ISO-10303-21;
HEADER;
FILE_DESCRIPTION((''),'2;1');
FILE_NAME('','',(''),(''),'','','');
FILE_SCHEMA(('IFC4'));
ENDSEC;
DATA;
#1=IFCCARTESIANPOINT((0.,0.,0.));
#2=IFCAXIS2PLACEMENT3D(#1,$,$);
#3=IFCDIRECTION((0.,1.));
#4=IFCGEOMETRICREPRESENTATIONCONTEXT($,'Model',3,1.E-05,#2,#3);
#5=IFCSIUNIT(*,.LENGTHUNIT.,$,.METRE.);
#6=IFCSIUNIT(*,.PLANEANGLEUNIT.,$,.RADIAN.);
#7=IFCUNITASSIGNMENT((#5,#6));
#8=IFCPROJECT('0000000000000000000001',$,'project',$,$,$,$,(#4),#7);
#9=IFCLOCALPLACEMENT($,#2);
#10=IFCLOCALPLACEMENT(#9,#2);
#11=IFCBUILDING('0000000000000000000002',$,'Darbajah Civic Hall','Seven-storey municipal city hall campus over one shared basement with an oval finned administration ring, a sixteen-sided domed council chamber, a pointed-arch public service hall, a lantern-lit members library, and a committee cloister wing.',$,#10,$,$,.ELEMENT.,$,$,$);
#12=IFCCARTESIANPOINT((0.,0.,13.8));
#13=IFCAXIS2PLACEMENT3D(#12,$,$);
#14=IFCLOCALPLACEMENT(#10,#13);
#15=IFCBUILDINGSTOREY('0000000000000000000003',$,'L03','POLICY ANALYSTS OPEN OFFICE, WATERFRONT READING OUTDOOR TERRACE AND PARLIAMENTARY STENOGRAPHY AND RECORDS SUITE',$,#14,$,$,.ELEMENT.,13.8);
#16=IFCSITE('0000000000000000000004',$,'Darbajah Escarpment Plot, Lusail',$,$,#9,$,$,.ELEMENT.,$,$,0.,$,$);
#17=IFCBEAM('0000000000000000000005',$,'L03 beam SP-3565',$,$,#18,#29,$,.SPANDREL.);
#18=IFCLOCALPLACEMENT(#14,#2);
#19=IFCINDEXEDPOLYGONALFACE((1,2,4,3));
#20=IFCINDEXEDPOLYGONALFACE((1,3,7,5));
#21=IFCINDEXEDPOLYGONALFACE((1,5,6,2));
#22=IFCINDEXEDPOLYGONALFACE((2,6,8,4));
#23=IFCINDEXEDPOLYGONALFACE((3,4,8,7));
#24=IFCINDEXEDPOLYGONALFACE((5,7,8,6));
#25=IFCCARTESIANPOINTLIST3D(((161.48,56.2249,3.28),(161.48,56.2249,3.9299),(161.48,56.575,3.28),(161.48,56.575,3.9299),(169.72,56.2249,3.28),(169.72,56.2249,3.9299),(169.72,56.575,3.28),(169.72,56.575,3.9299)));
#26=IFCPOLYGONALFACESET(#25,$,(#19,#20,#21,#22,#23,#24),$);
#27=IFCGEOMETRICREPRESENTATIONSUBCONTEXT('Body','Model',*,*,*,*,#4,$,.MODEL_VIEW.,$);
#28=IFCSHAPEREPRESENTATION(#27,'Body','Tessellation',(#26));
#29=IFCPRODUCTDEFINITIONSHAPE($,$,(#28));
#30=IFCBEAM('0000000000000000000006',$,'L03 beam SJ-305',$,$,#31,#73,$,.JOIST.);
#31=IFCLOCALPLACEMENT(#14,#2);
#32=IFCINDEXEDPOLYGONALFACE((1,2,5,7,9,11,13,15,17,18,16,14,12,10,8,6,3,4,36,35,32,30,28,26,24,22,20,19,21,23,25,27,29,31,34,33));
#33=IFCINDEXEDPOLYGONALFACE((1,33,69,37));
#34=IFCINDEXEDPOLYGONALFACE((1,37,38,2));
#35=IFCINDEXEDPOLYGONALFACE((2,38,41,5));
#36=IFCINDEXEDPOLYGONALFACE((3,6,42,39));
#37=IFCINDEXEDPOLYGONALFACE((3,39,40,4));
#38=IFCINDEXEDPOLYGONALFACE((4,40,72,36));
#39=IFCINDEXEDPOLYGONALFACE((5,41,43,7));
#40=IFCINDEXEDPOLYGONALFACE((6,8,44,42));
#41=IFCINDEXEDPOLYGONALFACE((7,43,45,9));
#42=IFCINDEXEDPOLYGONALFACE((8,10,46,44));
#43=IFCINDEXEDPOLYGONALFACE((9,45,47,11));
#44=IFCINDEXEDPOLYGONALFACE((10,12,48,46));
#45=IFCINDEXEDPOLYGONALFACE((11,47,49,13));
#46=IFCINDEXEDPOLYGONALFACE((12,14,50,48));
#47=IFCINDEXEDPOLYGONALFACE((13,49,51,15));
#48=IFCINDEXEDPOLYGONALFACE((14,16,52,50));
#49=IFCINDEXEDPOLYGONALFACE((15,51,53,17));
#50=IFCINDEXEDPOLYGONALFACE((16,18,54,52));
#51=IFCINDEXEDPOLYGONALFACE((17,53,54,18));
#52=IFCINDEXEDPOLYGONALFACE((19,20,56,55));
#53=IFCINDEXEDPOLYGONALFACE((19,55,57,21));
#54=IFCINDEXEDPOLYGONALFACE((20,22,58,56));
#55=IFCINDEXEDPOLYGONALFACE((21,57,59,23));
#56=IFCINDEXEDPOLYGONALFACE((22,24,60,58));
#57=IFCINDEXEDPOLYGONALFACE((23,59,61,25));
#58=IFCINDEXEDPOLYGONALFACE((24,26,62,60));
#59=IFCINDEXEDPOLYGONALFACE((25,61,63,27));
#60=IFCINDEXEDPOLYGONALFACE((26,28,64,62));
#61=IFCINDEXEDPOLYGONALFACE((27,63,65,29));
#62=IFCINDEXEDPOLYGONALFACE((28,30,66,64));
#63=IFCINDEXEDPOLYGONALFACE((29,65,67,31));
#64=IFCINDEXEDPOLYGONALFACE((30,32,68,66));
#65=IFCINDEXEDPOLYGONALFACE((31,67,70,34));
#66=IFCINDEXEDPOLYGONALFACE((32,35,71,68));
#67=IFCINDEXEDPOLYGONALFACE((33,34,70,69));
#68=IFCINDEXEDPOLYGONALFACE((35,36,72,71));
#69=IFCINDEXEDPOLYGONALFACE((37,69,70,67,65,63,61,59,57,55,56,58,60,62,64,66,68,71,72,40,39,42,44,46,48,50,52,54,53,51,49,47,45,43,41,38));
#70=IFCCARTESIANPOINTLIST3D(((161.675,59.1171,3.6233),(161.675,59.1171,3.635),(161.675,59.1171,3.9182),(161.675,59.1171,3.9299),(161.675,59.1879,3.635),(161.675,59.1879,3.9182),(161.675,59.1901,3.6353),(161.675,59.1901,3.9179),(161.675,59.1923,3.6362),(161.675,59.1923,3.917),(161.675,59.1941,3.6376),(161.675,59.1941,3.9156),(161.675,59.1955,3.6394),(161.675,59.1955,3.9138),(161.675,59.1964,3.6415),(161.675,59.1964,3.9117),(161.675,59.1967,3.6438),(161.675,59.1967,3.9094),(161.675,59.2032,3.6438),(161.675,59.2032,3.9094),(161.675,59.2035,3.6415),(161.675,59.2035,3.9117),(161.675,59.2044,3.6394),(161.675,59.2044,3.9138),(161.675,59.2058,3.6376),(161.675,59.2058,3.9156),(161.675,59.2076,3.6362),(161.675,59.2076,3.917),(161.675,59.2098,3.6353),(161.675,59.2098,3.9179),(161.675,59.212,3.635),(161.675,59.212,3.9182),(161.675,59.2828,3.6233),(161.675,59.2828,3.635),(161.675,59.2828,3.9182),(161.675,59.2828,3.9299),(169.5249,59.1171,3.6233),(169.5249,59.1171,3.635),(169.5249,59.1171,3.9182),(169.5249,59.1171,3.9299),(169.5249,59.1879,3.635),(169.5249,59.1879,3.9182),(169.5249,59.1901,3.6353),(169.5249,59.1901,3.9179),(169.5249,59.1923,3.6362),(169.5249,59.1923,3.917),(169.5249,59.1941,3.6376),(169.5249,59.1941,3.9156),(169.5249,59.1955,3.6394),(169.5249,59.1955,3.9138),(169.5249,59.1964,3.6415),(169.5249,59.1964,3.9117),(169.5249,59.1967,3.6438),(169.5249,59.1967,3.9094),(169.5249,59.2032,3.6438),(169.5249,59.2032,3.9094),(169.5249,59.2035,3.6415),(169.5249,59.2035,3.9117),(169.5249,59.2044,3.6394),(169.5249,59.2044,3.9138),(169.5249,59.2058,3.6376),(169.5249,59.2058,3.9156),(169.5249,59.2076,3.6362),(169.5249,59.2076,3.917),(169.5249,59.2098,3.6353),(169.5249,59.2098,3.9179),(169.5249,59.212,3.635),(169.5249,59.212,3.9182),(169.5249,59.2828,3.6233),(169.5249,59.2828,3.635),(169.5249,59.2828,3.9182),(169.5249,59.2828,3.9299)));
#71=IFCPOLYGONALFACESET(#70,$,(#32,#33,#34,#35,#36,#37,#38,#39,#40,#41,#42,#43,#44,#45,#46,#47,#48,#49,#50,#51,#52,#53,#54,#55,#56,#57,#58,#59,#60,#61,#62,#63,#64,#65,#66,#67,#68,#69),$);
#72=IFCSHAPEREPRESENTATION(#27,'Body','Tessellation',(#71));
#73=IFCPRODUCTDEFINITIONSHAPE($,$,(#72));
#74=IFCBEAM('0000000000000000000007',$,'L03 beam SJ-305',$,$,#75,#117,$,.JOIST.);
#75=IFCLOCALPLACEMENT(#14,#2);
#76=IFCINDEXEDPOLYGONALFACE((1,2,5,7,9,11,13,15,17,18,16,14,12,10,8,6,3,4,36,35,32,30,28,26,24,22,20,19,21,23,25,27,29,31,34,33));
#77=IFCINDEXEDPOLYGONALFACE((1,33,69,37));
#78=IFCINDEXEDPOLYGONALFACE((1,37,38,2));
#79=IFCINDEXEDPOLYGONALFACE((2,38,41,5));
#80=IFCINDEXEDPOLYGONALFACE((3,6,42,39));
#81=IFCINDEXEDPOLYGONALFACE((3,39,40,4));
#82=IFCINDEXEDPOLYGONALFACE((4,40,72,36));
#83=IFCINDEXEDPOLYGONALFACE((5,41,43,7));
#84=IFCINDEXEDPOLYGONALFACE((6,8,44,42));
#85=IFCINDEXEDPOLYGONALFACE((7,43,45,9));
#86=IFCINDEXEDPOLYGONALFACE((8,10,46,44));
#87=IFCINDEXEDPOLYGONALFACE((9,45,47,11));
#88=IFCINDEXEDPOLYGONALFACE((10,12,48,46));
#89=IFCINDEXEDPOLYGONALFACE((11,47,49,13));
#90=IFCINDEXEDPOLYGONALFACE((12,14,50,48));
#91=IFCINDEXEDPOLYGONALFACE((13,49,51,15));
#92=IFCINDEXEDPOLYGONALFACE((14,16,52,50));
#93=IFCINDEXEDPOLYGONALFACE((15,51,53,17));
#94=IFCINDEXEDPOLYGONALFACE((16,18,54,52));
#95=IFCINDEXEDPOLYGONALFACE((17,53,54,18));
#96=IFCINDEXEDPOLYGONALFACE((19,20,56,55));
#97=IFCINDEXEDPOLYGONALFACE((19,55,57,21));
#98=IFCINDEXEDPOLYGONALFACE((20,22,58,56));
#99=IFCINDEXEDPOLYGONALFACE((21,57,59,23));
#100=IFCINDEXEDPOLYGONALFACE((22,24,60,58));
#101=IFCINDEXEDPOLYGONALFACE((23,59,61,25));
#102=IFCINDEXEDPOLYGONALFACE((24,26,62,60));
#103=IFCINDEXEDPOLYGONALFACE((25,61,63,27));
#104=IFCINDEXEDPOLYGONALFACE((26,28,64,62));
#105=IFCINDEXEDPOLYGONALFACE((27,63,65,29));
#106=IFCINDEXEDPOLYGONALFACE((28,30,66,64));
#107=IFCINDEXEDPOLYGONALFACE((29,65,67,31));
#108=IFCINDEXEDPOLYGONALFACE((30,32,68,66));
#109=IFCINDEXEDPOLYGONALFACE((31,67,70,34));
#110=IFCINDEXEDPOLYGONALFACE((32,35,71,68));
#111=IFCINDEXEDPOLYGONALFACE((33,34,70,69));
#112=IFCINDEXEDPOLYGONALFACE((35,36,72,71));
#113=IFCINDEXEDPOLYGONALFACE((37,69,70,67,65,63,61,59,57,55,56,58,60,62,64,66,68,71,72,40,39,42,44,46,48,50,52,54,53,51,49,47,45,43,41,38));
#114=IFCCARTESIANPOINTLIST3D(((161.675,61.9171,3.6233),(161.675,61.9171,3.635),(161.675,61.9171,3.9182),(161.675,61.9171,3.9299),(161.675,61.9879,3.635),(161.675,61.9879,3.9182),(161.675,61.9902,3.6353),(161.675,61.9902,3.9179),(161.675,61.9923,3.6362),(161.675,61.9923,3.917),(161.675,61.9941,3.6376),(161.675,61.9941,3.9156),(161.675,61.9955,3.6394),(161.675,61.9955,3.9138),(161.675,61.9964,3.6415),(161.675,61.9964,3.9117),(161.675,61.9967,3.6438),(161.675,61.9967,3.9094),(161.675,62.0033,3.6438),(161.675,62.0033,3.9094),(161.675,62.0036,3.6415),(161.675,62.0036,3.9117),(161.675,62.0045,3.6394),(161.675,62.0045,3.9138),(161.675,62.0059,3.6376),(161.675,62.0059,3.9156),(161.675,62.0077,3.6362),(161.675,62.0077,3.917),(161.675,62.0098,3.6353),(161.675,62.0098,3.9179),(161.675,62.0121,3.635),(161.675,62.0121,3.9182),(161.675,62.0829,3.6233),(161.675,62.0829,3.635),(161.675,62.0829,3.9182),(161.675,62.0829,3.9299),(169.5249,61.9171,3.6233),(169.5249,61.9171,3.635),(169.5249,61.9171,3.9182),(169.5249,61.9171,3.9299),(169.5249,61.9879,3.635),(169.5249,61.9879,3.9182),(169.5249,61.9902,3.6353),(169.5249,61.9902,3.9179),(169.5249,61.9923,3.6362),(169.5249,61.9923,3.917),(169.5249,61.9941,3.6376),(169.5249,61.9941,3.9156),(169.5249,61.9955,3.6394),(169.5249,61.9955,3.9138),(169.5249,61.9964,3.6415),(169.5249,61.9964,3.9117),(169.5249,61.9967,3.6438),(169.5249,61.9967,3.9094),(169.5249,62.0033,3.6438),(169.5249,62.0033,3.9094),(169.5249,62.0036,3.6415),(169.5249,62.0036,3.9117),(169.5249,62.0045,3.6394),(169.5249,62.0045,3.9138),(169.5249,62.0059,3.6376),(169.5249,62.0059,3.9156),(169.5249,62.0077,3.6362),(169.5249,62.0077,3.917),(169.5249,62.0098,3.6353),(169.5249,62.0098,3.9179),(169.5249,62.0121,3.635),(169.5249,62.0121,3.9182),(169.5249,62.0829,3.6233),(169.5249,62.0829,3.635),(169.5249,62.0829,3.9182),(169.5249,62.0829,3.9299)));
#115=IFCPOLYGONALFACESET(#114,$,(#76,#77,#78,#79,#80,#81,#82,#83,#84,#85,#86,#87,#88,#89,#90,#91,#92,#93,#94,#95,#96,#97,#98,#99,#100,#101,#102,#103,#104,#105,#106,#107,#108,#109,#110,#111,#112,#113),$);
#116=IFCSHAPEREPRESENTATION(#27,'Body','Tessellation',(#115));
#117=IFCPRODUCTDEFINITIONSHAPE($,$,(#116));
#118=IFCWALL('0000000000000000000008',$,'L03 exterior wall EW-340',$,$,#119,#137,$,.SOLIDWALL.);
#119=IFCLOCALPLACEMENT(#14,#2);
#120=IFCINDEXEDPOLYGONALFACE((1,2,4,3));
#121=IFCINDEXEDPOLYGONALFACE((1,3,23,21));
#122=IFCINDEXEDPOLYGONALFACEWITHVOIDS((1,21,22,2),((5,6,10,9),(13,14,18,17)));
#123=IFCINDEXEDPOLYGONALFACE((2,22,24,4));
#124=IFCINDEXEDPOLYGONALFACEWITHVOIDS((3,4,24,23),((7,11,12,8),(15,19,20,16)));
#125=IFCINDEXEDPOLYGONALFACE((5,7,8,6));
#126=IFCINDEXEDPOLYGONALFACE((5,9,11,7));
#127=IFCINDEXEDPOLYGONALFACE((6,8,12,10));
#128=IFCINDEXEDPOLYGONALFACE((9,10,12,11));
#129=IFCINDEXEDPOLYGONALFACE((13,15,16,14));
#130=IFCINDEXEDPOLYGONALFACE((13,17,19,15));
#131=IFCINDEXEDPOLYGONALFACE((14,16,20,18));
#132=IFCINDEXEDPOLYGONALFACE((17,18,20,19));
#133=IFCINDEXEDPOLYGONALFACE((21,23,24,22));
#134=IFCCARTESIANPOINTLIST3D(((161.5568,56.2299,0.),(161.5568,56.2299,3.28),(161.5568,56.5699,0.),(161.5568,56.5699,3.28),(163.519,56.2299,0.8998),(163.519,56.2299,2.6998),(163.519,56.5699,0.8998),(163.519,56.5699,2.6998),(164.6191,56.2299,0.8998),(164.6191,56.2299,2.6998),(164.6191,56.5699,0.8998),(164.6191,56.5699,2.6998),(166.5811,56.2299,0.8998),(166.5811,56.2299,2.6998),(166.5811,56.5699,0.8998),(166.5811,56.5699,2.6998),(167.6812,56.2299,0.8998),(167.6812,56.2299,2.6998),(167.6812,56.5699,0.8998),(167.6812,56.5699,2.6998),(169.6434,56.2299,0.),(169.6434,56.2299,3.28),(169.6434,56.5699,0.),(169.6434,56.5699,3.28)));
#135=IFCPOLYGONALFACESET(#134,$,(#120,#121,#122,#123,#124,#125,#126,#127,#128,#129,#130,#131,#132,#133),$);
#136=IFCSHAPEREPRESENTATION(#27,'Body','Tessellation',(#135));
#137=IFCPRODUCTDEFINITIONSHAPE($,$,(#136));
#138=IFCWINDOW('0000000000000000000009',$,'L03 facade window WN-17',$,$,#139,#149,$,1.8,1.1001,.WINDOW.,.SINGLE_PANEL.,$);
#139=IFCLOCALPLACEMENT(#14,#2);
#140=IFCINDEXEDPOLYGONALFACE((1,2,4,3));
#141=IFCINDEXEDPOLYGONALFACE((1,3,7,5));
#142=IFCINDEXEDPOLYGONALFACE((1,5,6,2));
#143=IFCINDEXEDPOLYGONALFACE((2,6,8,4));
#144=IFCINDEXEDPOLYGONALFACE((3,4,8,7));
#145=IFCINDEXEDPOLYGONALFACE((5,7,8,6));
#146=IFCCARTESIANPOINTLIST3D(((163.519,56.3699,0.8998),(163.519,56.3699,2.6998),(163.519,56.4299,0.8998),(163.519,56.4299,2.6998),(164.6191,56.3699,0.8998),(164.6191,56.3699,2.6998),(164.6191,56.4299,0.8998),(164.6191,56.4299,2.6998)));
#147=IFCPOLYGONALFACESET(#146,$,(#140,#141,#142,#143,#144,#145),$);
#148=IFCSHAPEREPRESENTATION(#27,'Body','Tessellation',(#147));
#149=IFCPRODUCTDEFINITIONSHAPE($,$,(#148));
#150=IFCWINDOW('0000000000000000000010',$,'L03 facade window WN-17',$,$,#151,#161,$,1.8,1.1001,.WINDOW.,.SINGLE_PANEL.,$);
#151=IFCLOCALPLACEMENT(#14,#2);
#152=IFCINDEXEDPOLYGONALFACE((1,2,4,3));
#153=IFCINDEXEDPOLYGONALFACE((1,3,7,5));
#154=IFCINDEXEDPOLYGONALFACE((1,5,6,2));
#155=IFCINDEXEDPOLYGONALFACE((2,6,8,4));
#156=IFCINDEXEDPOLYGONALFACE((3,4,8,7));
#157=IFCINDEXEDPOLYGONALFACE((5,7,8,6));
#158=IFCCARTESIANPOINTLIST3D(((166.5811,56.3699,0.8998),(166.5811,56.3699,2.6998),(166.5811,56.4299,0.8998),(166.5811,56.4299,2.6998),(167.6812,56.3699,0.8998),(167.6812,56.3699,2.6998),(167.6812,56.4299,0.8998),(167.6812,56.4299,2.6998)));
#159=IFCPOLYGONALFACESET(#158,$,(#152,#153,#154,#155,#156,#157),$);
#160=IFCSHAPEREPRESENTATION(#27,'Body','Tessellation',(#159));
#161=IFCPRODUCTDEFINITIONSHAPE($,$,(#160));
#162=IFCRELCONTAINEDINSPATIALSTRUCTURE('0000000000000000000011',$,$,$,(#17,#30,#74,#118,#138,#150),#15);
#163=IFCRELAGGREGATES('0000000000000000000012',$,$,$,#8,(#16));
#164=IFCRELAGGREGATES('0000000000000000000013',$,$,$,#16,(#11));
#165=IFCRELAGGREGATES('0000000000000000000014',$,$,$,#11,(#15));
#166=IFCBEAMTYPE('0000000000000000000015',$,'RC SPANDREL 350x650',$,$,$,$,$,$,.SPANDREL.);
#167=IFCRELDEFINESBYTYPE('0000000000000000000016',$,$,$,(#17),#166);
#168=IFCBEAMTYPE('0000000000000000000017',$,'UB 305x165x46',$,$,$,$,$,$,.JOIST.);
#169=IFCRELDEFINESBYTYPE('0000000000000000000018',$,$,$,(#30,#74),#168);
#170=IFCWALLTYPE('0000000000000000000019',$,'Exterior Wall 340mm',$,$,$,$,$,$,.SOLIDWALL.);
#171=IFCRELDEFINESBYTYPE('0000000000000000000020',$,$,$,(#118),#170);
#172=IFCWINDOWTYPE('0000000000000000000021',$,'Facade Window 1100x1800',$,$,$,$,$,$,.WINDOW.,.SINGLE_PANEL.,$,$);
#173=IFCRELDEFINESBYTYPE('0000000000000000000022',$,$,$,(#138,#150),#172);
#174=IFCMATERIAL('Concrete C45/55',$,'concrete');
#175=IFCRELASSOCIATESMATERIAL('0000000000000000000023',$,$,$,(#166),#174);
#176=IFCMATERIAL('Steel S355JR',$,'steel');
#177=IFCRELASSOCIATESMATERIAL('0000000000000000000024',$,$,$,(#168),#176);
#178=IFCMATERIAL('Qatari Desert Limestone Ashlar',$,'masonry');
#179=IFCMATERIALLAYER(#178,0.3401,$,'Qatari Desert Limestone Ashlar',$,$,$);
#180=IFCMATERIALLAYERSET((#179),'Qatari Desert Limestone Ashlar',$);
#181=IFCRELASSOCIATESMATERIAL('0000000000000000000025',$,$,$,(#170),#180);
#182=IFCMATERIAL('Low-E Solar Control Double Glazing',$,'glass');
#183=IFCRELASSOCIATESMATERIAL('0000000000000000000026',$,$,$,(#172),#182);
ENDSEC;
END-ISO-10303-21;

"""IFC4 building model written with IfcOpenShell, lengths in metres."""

from ifc_helpers import new_model, si_unit, direction, frame, frame_2d, origin, origin_2d, place, context, subcontext, project, spatial, rectangle, i_section, extrude, material, layer, layer_set, material_profile, profile_set, type_object, element, fill, save


model = new_model("IFC4")

# Units and contexts
model_context = context("Model", 3, precision=1e-05, world=origin(), true_north=direction((0.0, 1.0)))
body_context = subcontext(model_context, "Body", "Model", "MODEL_VIEW")
ifc_project = project(units=[si_unit("LENGTHUNIT", "METRE"), si_unit("PLANEANGLEUNIT", "RADIAN")], contexts=[model_context])

# Site, building, storey
site_placement = place(None, origin())
site = spatial("IfcSite", under=ifc_project, at=site_placement, Name="Darbajah Escarpment Plot, Lusail", CompositionType="ELEMENT", RefElevation=0.0)
building_placement = place(site_placement, origin())
building = spatial("IfcBuilding", under=site, at=building_placement, Name="Darbajah Civic Hall", Description="Seven-storey municipal city hall campus over one shared basement with an oval finned administration ring, a sixteen-sided domed council chamber, a pointed-arch public service hall, a lantern-lit members library, and a committee cloister wing.", CompositionType="ELEMENT")
storey_placement = place(building_placement, frame((0.0, 0.0, 13.8)))
storey = spatial("IfcBuildingStorey", under=building, at=storey_placement, Name="L03", Description="POLICY ANALYSTS OPEN OFFICE, WATERFRONT READING OUTDOOR TERRACE AND PARLIAMENTARY STENOGRAPHY AND RECORDS SUITE", CompositionType="ELEMENT", Elevation=13.8)

# Shared definitions
ifc_material_1 = material(Name="Steel S355JR", Category="steel")

# Beams
ifc_material_2 = material(Name="Concrete C45/55", Category="concrete")
ifc_material_profile_1 = material_profile(ifc_material_2, rectangle(XDim=0.3501, YDim=0.6499, at=origin_2d()), Name="RC SPANDREL 350x650")
ifc_profile_set_1 = profile_set([ifc_material_profile_1], Name="Concrete C45/55")
beam_type_1 = type_object("IfcBeamType", Name="RC SPANDREL 350x650", PredefinedType="SPANDREL", material=ifc_profile_set_1)
beam_1_placement = place(storey_placement, frame((161.48, 56.3999, 3.605), z_axis=(1.0, 0.0, 0.0), x_axis=(0.0, 1.0, 0.0)))
element("IfcBeam", 1, at=beam_1_placement, inside=storey, type_object=beam_type_1, Name="L03 beam SP-3565", PredefinedType="SPANDREL", context=body_context, shape_type="SweptSolid", body=[
    extrude(rectangle(XDim=0.3501, YDim=0.6499, at=origin_2d()), origin(), (0.0, 0.0, 1.0), 8.24),
])
ifc_material_profile_2 = material_profile(ifc_material_1, i_section(OverallWidth=0.1658, OverallDepth=0.3066, WebThickness=0.0066, FlangeThickness=0.0117, FilletRadius=0.0088, at=origin_2d()), Name="UB 305x165x46")
ifc_profile_set_2 = profile_set([ifc_material_profile_2], Name="Steel S355JR")
beam_type_2 = type_object("IfcBeamType", Name="UB 305x165x46", PredefinedType="JOIST", material=ifc_profile_set_2)
for number, where, z_axis, x_axis, name in (
    (2, (161.675, 59.2, 3.7766), (1.0, 0.0, 0.0), (0.0, 1.0, 0.0), "L03 beam SJ-305"),
    (3, (161.675, 62.0, 3.7766), (1.0, 0.0, 0.0), (0.0, 1.0, 0.0), "L03 beam SJ-305"),
):
    element("IfcBeam", number, at=place(storey_placement, frame(where, z_axis=z_axis, x_axis=x_axis)), inside=storey, type_object=beam_type_2, Name=name, PredefinedType="JOIST", context=body_context, shape_type="SweptSolid", body=[
        extrude(i_section(OverallWidth=0.1658, OverallDepth=0.3066, WebThickness=0.0066, FlangeThickness=0.0117, FilletRadius=0.0088, at=origin_2d()), origin(), (0.0, 0.0, 1.0), 7.8499),
    ])

# Wall, openings, windows
ifc_material_3 = material(Name="Qatari Desert Limestone Ashlar", Category="masonry")
ifc_layer = layer(ifc_material_3, 0.3401, Name="Qatari Desert Limestone Ashlar")
ifc_layer_set = layer_set([ifc_layer], Name="Qatari Desert Limestone Ashlar")
wall_type = type_object("IfcWallType", Name="Exterior Wall 340mm", PredefinedType="SOLIDWALL", material=ifc_layer_set)
wall_1_placement = place(storey_placement, frame((161.5566, 56.3999, 0.0), z_axis=(0.0, 0.0, 1.0), x_axis=(1.0, 0.0, 0.0)))
wall_1 = element("IfcWall", 4, at=wall_1_placement, inside=storey, type_object=wall_type, Name="L03 exterior wall EW-340", PredefinedType="SOLIDWALL", context=body_context, shape_type="SweptSolid", body=[
    extrude(rectangle(XDim=8.0867, YDim=0.3401, at=frame_2d((4.0435, 0.0))), origin(), (0.0, 0.0, 1.0), 3.28),
])
opening_1_placement = place(wall_1_placement, frame((1.9624, 0.0, 0.8999)))
opening_1 = element("IfcOpeningElement", 5, at=opening_1_placement, cuts=wall_1, PredefinedType="OPENING", context=body_context, shape_type="SweptSolid", body=[
    extrude(rectangle(XDim=1.1001, YDim=1.8, at=frame_2d((0.55, 0.8999))), frame((0.0, 0.1799, 0.0), z_axis=(0.0, -1.0, 0.0), x_axis=(1.0, 0.0, 0.0)), (0.0, 0.0, 1.0), 0.3601),
])
opening_2_placement = place(wall_1_placement, frame((5.0244, 0.0, 0.8999)))
opening_2 = element("IfcOpeningElement", 6, at=opening_2_placement, cuts=wall_1, PredefinedType="OPENING", context=body_context, shape_type="SweptSolid", body=[
    extrude(rectangle(XDim=1.1001, YDim=1.8, at=frame_2d((0.55, 0.8999))), frame((0.0, 0.1799, 0.0), z_axis=(0.0, -1.0, 0.0), x_axis=(1.0, 0.0, 0.0)), (0.0, 0.0, 1.0), 0.3601),
])
ifc_material_4 = material(Name="Low-E Solar Control Double Glazing", Category="glass")
window_type_1 = type_object("IfcWindowType", Name="Facade Window 1100x1800", PartitioningType="SINGLE_PANEL", PredefinedType="WINDOW", material=ifc_material_4)
window_1_placement = place(opening_1_placement, origin())
window_1 = element("IfcWindow", 7, at=window_1_placement, inside=storey, type_object=window_type_1, Name="L03 facade window WN-17", OverallHeight=1.8, OverallWidth=1.1001, PartitioningType="SINGLE_PANEL", PredefinedType="WINDOW", context=body_context, shape_type="SweptSolid", body=[
    extrude(rectangle(XDim=1.1001, YDim=1.8, at=frame_2d((0.55, 0.8999))), frame((0.0, 0.03, 0.0), z_axis=(0.0, -1.0, 0.0), x_axis=(1.0, 0.0, 0.0)), (0.0, 0.0, 1.0), 0.0601),
])
fill(opening_1, window_1)
window_2_placement = place(opening_2_placement, origin())
window_2 = element("IfcWindow", 8, at=window_2_placement, inside=storey, type_object=window_type_1, Name="L03 facade window WN-17", OverallHeight=1.8, OverallWidth=1.1001, PartitioningType="SINGLE_PANEL", PredefinedType="WINDOW", context=body_context, shape_type="SweptSolid", body=[
    extrude(rectangle(XDim=1.1001, YDim=1.8, at=frame_2d((0.55, 0.8999))), frame((0.0, 0.03, 0.0), z_axis=(0.0, -1.0, 0.0), x_axis=(1.0, 0.0, 0.0)), (0.0, 0.0, 1.0), 0.0601),
])
fill(opening_2, window_2)

save(model, "model.ifc")
